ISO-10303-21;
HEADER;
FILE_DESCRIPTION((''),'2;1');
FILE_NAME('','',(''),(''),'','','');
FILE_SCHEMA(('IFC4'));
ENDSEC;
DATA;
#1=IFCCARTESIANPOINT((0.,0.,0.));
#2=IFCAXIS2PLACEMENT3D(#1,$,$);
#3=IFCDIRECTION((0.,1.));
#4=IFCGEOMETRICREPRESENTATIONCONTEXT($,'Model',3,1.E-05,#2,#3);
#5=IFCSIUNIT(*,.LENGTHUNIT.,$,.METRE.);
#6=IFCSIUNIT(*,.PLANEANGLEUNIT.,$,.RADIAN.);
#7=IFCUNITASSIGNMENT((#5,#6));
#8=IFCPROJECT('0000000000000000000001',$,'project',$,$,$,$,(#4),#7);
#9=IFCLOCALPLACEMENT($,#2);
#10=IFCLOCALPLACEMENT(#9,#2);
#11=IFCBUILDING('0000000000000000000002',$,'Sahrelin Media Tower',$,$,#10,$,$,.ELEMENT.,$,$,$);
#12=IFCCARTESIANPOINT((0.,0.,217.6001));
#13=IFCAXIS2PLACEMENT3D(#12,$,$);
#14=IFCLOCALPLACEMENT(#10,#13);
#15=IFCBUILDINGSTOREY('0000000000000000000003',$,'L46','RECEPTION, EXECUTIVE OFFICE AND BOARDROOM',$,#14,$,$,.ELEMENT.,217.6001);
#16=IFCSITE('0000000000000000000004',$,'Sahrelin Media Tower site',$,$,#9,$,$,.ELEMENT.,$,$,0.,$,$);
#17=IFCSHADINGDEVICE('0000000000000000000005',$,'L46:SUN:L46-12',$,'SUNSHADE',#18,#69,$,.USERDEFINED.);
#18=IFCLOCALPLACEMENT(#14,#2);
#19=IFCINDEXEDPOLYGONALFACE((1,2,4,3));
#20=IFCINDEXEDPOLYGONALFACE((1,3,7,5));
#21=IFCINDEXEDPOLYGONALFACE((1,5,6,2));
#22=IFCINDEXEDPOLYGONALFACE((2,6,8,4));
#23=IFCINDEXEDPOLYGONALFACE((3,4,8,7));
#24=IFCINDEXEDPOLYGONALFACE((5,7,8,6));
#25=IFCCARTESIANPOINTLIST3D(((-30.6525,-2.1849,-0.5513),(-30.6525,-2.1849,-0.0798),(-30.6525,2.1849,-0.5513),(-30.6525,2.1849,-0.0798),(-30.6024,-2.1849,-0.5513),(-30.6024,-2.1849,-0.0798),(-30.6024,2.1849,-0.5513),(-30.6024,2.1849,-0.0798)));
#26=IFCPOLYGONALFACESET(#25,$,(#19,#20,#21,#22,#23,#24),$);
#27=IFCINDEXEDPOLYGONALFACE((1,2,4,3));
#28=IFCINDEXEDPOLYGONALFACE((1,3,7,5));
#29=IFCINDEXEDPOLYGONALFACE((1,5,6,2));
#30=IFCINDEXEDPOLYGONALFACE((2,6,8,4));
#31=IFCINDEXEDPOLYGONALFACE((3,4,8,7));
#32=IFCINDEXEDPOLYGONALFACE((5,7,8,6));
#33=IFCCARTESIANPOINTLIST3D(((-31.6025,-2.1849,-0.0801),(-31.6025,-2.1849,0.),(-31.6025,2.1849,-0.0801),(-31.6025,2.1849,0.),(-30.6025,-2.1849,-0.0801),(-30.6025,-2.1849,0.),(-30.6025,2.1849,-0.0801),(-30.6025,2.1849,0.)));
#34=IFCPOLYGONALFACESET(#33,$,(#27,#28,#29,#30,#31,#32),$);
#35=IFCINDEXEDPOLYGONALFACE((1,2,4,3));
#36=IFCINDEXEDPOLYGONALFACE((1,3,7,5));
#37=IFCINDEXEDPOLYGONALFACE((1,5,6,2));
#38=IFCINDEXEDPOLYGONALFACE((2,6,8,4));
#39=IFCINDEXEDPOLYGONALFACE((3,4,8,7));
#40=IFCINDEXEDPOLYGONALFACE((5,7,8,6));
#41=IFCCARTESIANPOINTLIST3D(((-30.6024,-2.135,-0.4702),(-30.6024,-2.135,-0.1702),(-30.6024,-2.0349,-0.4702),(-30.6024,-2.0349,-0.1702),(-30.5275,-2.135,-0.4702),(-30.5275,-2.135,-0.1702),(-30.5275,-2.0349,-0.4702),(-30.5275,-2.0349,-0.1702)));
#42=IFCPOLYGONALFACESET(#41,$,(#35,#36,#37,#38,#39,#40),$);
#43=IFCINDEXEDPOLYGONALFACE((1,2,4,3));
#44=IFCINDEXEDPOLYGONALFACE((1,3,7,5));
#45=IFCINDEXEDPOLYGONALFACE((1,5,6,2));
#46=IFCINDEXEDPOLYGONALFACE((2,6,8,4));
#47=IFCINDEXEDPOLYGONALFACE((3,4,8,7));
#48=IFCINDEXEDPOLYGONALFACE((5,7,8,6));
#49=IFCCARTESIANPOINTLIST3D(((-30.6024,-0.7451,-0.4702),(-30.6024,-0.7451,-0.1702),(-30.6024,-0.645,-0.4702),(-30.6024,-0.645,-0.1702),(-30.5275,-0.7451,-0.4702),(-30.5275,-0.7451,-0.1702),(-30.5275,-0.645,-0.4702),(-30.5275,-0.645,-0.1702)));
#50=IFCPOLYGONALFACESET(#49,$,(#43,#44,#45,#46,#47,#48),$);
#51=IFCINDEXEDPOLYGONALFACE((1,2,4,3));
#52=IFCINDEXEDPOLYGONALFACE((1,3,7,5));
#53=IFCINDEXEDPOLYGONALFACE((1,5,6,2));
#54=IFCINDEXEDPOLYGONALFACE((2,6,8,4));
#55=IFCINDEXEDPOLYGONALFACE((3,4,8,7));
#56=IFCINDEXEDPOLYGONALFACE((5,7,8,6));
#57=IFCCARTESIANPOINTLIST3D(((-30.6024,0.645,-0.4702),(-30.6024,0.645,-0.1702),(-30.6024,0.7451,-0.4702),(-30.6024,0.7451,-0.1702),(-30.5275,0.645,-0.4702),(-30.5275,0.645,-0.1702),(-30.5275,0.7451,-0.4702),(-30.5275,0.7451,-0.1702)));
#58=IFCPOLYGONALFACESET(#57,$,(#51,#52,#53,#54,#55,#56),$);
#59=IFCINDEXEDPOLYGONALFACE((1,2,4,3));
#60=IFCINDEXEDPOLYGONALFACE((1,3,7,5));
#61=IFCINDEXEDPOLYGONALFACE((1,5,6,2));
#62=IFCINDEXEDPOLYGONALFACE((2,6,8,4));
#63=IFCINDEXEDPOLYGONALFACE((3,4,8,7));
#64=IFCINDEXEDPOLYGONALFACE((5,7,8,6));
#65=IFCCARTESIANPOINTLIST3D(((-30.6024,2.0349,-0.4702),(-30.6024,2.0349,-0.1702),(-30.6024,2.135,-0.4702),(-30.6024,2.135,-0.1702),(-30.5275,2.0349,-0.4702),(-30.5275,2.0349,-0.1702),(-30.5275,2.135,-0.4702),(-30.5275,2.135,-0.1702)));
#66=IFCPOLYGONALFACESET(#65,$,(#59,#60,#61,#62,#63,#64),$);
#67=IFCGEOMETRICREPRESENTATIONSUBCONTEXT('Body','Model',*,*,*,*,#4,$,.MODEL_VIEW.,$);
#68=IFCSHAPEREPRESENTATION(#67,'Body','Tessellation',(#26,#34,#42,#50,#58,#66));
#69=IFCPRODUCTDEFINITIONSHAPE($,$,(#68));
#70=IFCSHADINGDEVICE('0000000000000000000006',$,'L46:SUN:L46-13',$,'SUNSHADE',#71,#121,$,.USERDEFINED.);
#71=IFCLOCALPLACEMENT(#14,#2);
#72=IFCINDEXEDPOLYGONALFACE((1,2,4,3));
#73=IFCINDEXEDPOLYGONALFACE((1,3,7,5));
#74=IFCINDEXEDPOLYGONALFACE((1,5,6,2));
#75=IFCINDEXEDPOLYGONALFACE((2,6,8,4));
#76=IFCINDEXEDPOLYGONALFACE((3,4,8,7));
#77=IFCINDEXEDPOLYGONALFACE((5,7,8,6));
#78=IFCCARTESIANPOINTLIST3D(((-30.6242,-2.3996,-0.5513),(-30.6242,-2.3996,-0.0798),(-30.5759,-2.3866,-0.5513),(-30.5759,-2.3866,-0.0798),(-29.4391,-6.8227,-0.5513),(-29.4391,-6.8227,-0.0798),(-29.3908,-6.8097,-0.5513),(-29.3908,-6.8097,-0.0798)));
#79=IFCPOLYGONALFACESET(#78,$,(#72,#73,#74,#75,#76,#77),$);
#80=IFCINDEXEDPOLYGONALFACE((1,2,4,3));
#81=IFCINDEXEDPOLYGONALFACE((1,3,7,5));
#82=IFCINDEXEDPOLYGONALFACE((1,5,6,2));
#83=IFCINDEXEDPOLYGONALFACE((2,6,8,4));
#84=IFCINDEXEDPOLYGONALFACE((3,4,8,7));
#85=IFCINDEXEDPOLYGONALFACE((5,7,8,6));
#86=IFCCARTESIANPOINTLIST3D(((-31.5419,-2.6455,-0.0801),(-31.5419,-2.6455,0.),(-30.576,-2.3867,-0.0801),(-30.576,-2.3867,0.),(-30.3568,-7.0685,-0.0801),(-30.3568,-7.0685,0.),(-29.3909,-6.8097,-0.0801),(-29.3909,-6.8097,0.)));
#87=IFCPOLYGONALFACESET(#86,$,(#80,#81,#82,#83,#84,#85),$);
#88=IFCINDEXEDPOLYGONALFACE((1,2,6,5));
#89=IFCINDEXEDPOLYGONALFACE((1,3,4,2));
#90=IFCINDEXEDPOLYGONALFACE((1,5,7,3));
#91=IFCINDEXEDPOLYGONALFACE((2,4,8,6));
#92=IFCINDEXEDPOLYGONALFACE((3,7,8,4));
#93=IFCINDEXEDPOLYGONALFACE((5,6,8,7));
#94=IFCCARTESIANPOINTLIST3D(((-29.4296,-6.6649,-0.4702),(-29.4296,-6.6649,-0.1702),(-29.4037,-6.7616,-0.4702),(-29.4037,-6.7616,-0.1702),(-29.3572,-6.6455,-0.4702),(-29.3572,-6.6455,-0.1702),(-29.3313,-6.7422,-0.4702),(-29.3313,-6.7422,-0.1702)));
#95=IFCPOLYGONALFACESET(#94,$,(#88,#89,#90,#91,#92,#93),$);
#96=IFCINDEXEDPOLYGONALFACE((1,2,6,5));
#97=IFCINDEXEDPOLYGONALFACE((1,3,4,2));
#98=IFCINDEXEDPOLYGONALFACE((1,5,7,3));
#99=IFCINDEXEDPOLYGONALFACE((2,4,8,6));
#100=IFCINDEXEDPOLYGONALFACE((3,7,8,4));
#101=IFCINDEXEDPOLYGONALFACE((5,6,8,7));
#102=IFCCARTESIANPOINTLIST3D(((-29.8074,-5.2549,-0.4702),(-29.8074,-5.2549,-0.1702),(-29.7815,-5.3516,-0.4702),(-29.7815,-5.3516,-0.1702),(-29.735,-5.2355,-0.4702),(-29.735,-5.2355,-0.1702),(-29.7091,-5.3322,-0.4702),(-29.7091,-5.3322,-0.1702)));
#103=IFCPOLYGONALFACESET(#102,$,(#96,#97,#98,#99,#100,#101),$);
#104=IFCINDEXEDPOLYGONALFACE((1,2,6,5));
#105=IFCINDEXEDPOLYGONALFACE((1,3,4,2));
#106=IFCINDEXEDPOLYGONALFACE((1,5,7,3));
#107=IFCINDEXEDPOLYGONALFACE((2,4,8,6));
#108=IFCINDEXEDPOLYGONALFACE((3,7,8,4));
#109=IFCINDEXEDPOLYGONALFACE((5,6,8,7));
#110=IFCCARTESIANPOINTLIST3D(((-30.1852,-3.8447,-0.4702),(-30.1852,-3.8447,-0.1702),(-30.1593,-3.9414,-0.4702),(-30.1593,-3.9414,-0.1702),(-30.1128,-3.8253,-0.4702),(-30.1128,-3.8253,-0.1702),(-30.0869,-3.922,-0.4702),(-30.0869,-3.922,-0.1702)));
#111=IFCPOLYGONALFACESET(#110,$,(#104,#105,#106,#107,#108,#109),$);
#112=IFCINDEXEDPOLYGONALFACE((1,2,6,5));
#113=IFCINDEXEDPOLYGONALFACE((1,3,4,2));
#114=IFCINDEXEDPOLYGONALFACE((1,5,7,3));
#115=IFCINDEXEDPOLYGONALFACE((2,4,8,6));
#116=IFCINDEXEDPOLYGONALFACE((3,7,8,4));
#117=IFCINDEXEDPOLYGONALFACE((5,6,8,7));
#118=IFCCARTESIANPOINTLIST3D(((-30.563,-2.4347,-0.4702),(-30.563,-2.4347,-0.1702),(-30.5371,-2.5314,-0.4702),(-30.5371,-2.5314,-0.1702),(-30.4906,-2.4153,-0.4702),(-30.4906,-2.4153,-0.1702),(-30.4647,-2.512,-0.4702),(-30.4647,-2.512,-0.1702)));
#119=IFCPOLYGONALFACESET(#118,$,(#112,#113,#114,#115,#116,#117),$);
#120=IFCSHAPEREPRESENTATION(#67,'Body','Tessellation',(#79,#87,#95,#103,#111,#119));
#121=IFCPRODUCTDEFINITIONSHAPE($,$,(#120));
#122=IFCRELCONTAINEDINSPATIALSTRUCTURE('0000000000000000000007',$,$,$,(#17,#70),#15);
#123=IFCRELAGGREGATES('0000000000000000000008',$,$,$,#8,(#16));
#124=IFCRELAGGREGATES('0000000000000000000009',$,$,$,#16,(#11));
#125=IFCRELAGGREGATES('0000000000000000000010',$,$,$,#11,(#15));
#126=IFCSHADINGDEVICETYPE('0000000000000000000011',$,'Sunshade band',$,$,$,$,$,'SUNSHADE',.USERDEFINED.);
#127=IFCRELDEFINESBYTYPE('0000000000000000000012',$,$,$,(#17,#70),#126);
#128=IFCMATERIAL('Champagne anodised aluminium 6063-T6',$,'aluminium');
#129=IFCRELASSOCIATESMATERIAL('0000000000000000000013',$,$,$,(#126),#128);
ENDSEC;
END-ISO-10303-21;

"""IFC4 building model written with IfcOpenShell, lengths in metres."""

from ifc_helpers import new_model, si_unit, direction, frame, origin, origin_2d, place, context, subcontext, project, spatial, rectangle, extrude, material, type_object, element, save


model = new_model("IFC4")

# Units and contexts
model_context = context("Model", 3, precision=1e-05, world=origin(), true_north=direction((0.0, 1.0)))
body_context = subcontext(model_context, "Body", "Model", "MODEL_VIEW")
ifc_project = project(units=[si_unit("LENGTHUNIT", "METRE"), si_unit("PLANEANGLEUNIT", "RADIAN")], contexts=[model_context])

# Site, building, storey
site_placement = place(None, origin())
site = spatial("IfcSite", under=ifc_project, at=site_placement, Name="Sahrelin Media Tower site", CompositionType="ELEMENT", RefElevation=0.0)
building_placement = place(site_placement, origin())
building = spatial("IfcBuilding", under=site, at=building_placement, Name="Sahrelin Media Tower", CompositionType="ELEMENT")
storey_placement = place(building_placement, frame((0.0, 0.0, 217.6001)))
storey = spatial("IfcBuildingStorey", under=building, at=storey_placement, Name="L46", Description="RECEPTION, EXECUTIVE OFFICE AND BOARDROOM", CompositionType="ELEMENT", Elevation=217.6001)

# Shared definitions
ifc_material_1 = material(Name="Champagne anodised aluminium 6063-T6", Category="aluminium")

# Shading devices
placement_1 = place(storey_placement, frame((-30.5825, 0.0, 0.0), z_axis=(0.0, 0.0, 1.0), x_axis=(0.0, 1.0, 0.0)))
placement_2 = place(storey_placement, frame((-29.9641, -4.593, 0.0), z_axis=(0.0, 0.0, 1.0), x_axis=(-0.258808, 0.965929, 0.0)))
shading_device_type_1 = type_object("IfcShadingDeviceType", Name="Sunshade band", ElementType="SUNSHADE", PredefinedType="USERDEFINED", material=ifc_material_1)
element("IfcShadingDevice", 1, at=placement_1, inside=storey, type_object=shading_device_type_1, Name="L46:SUN:L46-12", ObjectType="SUNSHADE", PredefinedType="USERDEFINED", context=body_context, shape_type="SweptSolid", body=[
    extrude(rectangle(XDim=4.3699, YDim=0.05, at=origin_2d()), frame((0.0, 0.0449, -0.5513)), (0.0, 0.0, 1.0), 0.4714),
    extrude(rectangle(XDim=4.3699, YDim=1.0, at=origin_2d()), frame((0.0, 0.52, -0.0801)), (0.0, 0.0, 1.0), 0.0801),
    extrude(rectangle(XDim=0.1001, YDim=0.075, at=origin_2d()), frame((-2.085, -0.0176, -0.4702)), (0.0, 0.0, 1.0), 0.3),
    extrude(rectangle(XDim=0.1001, YDim=0.075, at=origin_2d()), frame((-0.6951, -0.0176, -0.4702)), (0.0, 0.0, 1.0), 0.3),
    extrude(rectangle(XDim=0.1001, YDim=0.075, at=origin_2d()), frame((0.6951, -0.0176, -0.4702)), (0.0, 0.0, 1.0), 0.3),
    extrude(rectangle(XDim=0.1001, YDim=0.075, at=origin_2d()), frame((2.085, -0.0176, -0.4702)), (0.0, 0.0, 1.0), 0.3),
])
element("IfcShadingDevice", 2, at=placement_2, inside=storey, type_object=shading_device_type_1, Name="L46:SUN:L46-13", ObjectType="SUNSHADE", PredefinedType="USERDEFINED", context=body_context, shape_type="SweptSolid", body=[
    extrude(rectangle(XDim=4.5791, YDim=0.05, at=origin_2d()), frame((0.0, 0.0449, -0.5513)), (0.0, 0.0, 1.0), 0.4714),
    extrude(rectangle(XDim=4.5791, YDim=1.0, at=origin_2d()), frame((0.0, 0.52, -0.0801)), (0.0, 0.0, 1.0), 0.0801),
    extrude(rectangle(XDim=0.1001, YDim=0.075, at=origin_2d()), frame((-2.1897, -0.0176, -0.4702)), (0.0, 0.0, 1.0), 0.3),
    extrude(rectangle(XDim=0.1001, YDim=0.075, at=origin_2d()), frame((-0.73, -0.0176, -0.4702)), (0.0, 0.0, 1.0), 0.3),
    extrude(rectangle(XDim=0.1001, YDim=0.075, at=origin_2d()), frame((0.73, -0.0176, -0.4702)), (0.0, 0.0, 1.0), 0.3),
    extrude(rectangle(XDim=0.1001, YDim=0.075, at=origin_2d()), frame((2.1897, -0.0176, -0.4702)), (0.0, 0.0, 1.0), 0.3),
])

save(model, "model.ifc")
